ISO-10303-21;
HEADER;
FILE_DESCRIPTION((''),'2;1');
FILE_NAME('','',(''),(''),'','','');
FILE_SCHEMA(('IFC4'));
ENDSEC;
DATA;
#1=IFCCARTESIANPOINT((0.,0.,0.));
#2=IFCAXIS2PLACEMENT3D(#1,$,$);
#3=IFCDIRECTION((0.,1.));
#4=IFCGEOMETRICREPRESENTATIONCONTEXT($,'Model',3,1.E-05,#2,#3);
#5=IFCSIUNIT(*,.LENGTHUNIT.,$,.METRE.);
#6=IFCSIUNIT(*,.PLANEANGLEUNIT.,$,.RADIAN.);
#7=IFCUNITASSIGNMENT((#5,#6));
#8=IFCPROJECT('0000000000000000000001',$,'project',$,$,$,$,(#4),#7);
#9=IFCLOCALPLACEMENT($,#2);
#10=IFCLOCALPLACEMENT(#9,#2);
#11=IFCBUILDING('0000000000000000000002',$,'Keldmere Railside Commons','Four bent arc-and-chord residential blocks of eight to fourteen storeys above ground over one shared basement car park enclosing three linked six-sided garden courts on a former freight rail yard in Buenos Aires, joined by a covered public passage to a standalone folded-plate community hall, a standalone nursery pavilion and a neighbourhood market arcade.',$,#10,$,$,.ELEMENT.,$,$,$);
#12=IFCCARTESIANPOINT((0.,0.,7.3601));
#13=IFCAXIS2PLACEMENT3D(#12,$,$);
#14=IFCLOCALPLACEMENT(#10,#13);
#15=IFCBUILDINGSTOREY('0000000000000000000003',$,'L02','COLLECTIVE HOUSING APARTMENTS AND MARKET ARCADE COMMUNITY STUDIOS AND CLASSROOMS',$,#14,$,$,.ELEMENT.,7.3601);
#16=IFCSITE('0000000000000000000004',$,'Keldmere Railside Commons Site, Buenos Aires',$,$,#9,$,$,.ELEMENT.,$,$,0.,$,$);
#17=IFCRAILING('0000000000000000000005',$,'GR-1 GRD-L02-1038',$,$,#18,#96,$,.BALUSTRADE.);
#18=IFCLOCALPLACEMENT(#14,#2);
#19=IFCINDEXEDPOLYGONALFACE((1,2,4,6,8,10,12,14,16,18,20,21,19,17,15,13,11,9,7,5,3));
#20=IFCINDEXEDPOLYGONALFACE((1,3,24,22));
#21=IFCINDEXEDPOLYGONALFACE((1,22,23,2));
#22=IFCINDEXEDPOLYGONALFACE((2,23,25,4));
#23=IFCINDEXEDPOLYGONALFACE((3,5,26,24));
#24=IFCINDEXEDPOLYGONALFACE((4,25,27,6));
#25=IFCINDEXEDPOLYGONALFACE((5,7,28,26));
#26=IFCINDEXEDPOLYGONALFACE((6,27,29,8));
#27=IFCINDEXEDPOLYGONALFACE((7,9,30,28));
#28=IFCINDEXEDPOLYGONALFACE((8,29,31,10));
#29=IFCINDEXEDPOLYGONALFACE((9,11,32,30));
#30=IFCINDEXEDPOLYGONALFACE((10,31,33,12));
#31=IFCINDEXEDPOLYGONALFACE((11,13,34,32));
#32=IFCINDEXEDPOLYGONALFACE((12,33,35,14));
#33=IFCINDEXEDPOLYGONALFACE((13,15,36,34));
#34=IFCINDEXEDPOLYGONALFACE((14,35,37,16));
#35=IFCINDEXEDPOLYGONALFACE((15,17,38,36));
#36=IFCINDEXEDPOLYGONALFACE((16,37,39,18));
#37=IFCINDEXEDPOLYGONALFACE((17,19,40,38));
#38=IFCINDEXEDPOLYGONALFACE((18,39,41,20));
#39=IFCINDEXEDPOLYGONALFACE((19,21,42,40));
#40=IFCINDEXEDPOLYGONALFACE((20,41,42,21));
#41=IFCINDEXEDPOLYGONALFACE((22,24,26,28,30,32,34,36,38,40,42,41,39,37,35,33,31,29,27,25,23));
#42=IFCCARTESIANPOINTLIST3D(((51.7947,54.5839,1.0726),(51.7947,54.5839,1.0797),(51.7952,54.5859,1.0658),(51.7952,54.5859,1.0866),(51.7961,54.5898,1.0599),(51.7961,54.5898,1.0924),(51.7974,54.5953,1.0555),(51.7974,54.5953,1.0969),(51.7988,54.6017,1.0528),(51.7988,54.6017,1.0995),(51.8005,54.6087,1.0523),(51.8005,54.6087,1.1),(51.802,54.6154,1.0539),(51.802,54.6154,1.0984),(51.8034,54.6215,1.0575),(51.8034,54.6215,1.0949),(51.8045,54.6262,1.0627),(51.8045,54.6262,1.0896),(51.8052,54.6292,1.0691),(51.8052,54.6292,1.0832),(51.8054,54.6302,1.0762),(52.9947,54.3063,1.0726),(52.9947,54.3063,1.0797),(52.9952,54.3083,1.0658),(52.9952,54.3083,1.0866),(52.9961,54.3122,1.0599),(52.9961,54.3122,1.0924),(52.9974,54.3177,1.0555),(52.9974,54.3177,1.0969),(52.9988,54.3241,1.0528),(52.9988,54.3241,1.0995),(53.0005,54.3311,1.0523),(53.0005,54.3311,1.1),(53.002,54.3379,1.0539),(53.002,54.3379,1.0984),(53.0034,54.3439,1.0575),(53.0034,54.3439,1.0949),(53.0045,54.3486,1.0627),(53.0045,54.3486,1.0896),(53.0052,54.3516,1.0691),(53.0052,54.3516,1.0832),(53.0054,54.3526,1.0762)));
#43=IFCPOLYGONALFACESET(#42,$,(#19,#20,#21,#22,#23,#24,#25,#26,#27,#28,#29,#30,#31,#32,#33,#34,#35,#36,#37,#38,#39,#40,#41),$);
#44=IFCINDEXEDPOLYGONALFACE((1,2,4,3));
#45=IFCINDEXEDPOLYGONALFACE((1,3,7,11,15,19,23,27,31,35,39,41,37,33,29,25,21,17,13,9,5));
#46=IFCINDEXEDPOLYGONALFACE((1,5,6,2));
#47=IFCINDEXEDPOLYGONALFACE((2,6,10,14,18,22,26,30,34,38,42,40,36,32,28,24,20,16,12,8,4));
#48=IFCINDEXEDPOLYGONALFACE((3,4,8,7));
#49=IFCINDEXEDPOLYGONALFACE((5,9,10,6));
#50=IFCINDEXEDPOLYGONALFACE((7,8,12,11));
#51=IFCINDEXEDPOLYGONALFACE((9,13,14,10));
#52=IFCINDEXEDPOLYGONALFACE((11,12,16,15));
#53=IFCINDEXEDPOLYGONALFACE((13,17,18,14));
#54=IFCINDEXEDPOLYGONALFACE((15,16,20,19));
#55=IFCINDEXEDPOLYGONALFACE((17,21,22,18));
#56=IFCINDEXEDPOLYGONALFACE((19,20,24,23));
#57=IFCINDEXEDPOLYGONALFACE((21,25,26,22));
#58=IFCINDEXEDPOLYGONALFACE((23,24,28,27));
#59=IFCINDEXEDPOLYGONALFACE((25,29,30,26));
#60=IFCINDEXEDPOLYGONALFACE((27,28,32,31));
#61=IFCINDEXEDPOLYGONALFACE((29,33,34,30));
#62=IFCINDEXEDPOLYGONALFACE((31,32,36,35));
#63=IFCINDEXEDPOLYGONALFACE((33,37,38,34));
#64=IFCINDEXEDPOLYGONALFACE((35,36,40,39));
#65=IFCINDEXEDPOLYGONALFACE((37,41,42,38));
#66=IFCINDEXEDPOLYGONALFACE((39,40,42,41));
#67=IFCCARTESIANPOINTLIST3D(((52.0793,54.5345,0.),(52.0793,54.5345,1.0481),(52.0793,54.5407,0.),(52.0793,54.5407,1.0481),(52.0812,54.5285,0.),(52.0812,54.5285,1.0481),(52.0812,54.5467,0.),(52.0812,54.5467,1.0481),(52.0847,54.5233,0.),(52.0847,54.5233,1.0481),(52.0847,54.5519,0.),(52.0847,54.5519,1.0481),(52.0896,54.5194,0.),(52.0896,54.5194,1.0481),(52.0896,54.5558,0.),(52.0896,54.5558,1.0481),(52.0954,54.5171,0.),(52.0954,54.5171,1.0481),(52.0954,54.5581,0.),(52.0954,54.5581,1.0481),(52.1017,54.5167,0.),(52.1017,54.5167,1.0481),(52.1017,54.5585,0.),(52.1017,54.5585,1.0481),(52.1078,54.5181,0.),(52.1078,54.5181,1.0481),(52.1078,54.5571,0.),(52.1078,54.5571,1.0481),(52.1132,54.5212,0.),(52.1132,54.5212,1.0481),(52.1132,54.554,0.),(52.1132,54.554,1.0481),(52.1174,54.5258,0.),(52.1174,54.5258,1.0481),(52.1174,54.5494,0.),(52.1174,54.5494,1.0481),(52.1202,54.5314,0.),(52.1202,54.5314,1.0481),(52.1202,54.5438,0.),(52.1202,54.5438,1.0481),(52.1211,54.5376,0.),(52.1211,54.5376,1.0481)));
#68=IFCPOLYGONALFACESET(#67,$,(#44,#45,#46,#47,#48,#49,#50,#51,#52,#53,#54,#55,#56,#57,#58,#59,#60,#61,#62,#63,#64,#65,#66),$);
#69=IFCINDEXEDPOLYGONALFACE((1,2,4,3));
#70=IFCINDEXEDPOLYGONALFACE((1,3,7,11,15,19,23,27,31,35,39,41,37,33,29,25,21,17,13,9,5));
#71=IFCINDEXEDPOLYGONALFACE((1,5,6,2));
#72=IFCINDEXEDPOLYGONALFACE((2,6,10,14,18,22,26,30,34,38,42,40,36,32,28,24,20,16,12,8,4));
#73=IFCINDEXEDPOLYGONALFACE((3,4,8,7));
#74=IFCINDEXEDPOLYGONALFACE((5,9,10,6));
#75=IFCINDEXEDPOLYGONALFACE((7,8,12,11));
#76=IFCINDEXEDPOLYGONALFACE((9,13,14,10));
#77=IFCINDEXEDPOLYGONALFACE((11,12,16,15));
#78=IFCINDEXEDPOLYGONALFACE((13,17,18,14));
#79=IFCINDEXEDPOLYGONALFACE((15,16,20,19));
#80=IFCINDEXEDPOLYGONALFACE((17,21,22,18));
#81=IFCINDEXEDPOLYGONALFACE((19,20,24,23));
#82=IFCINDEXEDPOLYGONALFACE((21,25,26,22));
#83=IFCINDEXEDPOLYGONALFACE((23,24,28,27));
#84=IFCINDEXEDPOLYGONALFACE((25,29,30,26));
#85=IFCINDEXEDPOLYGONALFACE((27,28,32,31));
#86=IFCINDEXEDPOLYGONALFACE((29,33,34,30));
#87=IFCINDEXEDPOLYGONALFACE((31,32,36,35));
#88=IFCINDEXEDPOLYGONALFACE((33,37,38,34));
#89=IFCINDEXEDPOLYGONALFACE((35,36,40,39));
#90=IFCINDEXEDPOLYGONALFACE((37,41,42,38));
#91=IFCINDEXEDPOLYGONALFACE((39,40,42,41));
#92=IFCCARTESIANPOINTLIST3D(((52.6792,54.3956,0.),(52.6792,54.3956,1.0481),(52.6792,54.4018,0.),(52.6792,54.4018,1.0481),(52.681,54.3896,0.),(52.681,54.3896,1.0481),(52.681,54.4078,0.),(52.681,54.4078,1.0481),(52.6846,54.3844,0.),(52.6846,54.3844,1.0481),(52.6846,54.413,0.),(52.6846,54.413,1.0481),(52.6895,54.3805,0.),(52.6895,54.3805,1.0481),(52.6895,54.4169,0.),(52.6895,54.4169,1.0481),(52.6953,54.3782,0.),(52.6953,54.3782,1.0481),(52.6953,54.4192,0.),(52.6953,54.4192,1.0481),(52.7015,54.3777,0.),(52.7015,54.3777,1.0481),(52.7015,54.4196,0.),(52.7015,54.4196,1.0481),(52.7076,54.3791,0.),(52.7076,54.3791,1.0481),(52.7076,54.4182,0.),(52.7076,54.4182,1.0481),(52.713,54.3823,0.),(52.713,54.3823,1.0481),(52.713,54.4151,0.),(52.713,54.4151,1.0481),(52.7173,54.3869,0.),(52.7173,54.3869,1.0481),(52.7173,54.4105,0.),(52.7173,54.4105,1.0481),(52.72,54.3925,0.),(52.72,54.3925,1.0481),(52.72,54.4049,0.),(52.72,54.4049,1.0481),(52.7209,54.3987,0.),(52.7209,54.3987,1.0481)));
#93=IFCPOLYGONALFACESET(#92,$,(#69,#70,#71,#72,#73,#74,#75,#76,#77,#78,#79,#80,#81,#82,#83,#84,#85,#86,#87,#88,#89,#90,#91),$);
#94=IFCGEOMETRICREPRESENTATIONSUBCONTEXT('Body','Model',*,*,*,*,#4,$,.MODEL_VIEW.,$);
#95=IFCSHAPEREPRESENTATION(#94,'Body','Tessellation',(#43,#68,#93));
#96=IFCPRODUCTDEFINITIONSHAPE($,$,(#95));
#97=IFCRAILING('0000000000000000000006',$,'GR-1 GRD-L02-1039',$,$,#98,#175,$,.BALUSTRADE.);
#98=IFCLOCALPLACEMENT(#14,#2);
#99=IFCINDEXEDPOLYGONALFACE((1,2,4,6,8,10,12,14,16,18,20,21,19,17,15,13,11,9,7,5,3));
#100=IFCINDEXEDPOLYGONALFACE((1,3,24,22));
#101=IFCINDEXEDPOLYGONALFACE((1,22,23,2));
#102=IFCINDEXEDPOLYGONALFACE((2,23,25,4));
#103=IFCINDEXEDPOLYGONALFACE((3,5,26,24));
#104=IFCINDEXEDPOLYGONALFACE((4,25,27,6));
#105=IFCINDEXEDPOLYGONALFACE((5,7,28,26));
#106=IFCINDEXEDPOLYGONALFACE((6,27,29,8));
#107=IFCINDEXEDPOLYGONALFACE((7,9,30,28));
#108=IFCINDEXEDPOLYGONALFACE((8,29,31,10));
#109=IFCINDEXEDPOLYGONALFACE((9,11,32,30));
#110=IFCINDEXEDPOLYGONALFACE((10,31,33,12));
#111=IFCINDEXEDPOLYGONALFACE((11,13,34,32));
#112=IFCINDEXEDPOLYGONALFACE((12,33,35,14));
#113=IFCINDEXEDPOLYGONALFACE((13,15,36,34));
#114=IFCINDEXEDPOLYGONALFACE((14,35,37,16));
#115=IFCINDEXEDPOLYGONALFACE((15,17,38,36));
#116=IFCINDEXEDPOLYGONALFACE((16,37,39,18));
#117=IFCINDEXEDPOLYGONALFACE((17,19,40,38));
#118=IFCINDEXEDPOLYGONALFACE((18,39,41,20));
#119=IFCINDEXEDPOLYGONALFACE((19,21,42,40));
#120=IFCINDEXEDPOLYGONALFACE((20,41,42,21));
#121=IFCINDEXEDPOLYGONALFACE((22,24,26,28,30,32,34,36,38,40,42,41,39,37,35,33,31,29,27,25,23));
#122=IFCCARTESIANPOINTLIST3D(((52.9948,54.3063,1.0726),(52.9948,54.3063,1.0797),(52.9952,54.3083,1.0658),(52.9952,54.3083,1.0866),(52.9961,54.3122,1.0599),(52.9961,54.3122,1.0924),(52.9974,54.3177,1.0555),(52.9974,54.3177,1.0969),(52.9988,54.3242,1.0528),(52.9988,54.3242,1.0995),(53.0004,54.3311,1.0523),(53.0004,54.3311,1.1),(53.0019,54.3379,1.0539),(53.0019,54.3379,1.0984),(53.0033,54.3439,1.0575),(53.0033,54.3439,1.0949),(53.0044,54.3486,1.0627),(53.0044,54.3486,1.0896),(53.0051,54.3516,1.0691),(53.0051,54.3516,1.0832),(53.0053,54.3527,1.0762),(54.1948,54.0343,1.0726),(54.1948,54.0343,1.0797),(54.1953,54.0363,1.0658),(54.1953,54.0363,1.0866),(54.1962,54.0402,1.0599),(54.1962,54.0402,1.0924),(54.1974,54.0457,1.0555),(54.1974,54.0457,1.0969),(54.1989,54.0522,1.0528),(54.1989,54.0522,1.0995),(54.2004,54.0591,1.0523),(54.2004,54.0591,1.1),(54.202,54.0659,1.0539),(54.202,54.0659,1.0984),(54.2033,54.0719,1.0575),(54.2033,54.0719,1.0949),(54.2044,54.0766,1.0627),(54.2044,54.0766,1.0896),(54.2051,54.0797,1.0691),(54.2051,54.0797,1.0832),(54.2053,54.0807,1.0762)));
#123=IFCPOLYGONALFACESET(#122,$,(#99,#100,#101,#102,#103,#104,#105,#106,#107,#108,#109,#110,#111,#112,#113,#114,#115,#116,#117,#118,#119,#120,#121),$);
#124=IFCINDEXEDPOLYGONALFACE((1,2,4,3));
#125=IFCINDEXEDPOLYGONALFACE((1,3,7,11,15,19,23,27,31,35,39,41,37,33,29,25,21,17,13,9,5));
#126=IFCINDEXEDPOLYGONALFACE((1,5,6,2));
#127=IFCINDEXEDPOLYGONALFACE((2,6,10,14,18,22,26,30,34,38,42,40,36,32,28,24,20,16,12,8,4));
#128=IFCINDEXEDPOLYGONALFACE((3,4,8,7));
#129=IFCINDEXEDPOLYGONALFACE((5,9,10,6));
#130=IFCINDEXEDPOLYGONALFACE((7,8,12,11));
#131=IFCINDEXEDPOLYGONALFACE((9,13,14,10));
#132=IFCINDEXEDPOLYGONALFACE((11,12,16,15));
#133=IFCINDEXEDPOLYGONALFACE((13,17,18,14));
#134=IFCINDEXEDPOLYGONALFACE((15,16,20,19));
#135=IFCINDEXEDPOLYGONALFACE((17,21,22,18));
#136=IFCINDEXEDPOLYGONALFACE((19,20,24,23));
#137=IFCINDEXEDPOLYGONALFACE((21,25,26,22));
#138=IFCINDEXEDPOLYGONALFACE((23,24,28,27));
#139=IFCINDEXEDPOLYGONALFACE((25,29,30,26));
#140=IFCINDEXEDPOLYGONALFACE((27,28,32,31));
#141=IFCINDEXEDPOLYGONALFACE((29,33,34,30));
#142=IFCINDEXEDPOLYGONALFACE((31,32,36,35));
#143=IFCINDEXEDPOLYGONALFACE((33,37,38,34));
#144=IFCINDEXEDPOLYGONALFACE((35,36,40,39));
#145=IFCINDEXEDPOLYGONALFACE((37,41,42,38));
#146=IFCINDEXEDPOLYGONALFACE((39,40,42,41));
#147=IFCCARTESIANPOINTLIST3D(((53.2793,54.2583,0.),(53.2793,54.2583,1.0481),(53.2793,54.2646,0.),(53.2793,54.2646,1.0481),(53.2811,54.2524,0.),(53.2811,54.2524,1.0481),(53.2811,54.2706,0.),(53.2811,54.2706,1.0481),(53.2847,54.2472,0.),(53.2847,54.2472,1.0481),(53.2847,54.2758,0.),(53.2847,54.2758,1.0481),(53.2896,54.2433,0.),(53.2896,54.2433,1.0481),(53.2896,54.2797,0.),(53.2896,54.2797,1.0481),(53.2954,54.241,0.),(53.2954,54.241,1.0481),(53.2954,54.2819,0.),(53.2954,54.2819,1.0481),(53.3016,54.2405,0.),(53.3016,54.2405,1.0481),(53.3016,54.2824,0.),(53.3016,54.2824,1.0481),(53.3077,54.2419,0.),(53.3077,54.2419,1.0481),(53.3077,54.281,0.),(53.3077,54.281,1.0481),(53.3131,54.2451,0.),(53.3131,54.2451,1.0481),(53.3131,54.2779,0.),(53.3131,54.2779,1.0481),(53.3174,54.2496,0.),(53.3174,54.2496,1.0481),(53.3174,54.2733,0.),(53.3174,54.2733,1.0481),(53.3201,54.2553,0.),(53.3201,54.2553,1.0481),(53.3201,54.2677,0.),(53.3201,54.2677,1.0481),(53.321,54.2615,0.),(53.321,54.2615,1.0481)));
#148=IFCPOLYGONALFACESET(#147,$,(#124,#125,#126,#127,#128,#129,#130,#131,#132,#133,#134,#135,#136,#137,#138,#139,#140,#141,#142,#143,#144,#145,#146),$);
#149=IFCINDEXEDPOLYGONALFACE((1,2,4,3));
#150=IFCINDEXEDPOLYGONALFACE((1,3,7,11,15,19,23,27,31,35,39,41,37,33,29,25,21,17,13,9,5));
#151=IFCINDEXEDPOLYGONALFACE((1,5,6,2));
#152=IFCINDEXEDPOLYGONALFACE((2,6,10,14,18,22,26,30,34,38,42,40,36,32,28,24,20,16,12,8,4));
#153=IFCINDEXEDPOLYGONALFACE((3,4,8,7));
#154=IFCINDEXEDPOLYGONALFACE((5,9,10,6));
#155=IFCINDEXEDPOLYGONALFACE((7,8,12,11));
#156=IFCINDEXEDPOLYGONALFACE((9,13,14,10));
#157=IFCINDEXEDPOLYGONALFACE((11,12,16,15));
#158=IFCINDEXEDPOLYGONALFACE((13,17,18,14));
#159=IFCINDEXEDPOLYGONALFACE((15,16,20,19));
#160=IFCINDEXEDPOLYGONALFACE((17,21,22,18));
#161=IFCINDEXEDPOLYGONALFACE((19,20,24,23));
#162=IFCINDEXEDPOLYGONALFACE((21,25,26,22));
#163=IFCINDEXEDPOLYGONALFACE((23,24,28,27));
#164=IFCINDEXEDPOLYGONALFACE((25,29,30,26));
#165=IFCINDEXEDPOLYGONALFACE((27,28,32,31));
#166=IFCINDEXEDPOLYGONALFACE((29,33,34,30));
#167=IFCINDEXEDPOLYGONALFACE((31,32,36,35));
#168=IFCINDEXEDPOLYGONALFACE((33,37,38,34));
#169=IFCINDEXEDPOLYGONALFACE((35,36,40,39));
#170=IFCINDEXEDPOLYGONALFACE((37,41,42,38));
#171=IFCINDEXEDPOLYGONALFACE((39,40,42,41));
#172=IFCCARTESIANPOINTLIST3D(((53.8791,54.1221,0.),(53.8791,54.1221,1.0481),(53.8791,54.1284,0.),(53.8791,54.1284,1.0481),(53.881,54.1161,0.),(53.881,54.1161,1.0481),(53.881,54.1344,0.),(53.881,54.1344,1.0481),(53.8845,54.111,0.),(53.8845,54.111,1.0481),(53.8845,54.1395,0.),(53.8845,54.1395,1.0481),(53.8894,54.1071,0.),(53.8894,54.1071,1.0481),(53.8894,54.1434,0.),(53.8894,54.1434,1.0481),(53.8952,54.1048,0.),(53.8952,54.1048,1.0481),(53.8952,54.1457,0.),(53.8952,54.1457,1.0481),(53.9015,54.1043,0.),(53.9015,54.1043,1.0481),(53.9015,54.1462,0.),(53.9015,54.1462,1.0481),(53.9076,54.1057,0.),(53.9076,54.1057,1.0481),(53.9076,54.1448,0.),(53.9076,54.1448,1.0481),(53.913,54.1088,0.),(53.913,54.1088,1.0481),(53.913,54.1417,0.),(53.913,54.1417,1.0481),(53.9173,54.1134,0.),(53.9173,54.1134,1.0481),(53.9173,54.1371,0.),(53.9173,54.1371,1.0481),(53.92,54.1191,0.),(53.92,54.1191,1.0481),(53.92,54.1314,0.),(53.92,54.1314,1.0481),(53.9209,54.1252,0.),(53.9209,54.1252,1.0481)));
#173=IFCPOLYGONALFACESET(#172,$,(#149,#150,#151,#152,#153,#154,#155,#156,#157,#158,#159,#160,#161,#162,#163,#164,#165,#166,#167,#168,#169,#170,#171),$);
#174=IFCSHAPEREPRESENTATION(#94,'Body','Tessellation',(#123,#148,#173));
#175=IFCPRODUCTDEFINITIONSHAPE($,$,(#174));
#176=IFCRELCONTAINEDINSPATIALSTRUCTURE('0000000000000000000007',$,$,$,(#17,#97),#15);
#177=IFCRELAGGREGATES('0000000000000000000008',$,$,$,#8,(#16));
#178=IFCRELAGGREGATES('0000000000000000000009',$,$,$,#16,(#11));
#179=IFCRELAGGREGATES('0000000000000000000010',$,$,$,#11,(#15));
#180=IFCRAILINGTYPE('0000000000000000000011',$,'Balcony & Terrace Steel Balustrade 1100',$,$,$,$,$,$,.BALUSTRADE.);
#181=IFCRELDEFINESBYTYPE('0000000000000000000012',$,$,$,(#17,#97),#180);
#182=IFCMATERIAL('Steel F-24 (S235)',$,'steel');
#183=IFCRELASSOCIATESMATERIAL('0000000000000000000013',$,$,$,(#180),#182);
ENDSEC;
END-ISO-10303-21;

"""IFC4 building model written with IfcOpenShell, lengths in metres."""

from ifc_helpers import new_model, si_unit, direction, frame, origin, origin_2d, place, context, subcontext, project, spatial, circle, extrude, material, type_object, element, save


model = new_model("IFC4")

# Units and contexts
model_context = context("Model", 3, precision=1e-05, world=origin(), true_north=direction((0.0, 1.0)))
body_context = subcontext(model_context, "Body", "Model", "MODEL_VIEW")
ifc_project = project(units=[si_unit("LENGTHUNIT", "METRE"), si_unit("PLANEANGLEUNIT", "RADIAN")], contexts=[model_context])

# Site, building, storey
site_placement = place(None, origin())
site = spatial("IfcSite", under=ifc_project, at=site_placement, Name="Keldmere Railside Commons Site, Buenos Aires", CompositionType="ELEMENT", RefElevation=0.0)
building_placement = place(site_placement, origin())
building = spatial("IfcBuilding", under=site, at=building_placement, Name="Keldmere Railside Commons", Description="Four bent arc-and-chord residential blocks of eight to fourteen storeys above ground over one shared basement car park enclosing three linked six-sided garden courts on a former freight rail yard in Buenos Aires, joined by a covered public passage to a standalone folded-plate community hall, a standalone nursery pavilion and a neighbourhood market arcade.", CompositionType="ELEMENT")
storey_placement = place(building_placement, frame((0.0, 0.0, 7.3601)))
storey = spatial("IfcBuildingStorey", under=building, at=storey_placement, Name="L02", Description="COLLECTIVE HOUSING APARTMENTS AND MARKET ARCADE COMMUNITY STUDIOS AND CLASSROOMS", CompositionType="ELEMENT", Elevation=7.3601)

# Shared definitions
ifc_material_1 = material(Name="Steel F-24 (S235)", Category="steel")

# Railings
railing_type = type_object("IfcRailingType", Name="Balcony & Terrace Steel Balustrade 1100", PredefinedType="BALUSTRADE", material=ifc_material_1)
railing_1_placement = place(storey_placement, frame((51.8, 54.6069, 0.0)))
element("IfcRailing", 1, at=railing_1_placement, inside=storey, type_object=railing_type, Name="GR-1 GRD-L02-1038", PredefinedType="BALUSTRADE", context=body_context, shape_type="SweptSolid", body=[
    extrude(circle(Radius=0.0239, at=origin_2d()), frame((0.0, 0.0, 1.0762), z_axis=(0.974271, -0.225381, 0.0), x_axis=(0.225381, 0.974271, 0.0)), (0.0, 0.0, 1.0), 1.2317),
    extrude(circle(Radius=0.021, at=origin_2d()), frame((0.3, -0.0693, 0.0)), (0.0, 0.0, 1.0), 1.0481),
    extrude(circle(Radius=0.021, at=origin_2d()), frame((0.8999, -0.2083, 0.0)), (0.0, 0.0, 1.0), 1.0481),
])
railing_2_placement = place(storey_placement, frame((53.0, 54.3293, 0.0)))
element("IfcRailing", 2, at=railing_2_placement, inside=storey, type_object=railing_type, Name="GR-1 GRD-L02-1039", PredefinedType="BALUSTRADE", context=body_context, shape_type="SweptSolid", body=[
    extrude(circle(Radius=0.0239, at=origin_2d()), frame((0.0, 0.0, 1.0762), z_axis=(0.975263, -0.221046, 0.0), x_axis=(0.221046, 0.975263, 0.0)), (0.0, 0.0, 1.0), 1.2305),
    extrude(circle(Radius=0.021, at=origin_2d()), frame((0.3, -0.0679, 0.0)), (0.0, 0.0, 1.0), 1.0481),
    extrude(circle(Radius=0.021, at=origin_2d()), frame((0.8999, -0.2041, 0.0)), (0.0, 0.0, 1.0), 1.0481),
])

save(model, "model.ifc")
